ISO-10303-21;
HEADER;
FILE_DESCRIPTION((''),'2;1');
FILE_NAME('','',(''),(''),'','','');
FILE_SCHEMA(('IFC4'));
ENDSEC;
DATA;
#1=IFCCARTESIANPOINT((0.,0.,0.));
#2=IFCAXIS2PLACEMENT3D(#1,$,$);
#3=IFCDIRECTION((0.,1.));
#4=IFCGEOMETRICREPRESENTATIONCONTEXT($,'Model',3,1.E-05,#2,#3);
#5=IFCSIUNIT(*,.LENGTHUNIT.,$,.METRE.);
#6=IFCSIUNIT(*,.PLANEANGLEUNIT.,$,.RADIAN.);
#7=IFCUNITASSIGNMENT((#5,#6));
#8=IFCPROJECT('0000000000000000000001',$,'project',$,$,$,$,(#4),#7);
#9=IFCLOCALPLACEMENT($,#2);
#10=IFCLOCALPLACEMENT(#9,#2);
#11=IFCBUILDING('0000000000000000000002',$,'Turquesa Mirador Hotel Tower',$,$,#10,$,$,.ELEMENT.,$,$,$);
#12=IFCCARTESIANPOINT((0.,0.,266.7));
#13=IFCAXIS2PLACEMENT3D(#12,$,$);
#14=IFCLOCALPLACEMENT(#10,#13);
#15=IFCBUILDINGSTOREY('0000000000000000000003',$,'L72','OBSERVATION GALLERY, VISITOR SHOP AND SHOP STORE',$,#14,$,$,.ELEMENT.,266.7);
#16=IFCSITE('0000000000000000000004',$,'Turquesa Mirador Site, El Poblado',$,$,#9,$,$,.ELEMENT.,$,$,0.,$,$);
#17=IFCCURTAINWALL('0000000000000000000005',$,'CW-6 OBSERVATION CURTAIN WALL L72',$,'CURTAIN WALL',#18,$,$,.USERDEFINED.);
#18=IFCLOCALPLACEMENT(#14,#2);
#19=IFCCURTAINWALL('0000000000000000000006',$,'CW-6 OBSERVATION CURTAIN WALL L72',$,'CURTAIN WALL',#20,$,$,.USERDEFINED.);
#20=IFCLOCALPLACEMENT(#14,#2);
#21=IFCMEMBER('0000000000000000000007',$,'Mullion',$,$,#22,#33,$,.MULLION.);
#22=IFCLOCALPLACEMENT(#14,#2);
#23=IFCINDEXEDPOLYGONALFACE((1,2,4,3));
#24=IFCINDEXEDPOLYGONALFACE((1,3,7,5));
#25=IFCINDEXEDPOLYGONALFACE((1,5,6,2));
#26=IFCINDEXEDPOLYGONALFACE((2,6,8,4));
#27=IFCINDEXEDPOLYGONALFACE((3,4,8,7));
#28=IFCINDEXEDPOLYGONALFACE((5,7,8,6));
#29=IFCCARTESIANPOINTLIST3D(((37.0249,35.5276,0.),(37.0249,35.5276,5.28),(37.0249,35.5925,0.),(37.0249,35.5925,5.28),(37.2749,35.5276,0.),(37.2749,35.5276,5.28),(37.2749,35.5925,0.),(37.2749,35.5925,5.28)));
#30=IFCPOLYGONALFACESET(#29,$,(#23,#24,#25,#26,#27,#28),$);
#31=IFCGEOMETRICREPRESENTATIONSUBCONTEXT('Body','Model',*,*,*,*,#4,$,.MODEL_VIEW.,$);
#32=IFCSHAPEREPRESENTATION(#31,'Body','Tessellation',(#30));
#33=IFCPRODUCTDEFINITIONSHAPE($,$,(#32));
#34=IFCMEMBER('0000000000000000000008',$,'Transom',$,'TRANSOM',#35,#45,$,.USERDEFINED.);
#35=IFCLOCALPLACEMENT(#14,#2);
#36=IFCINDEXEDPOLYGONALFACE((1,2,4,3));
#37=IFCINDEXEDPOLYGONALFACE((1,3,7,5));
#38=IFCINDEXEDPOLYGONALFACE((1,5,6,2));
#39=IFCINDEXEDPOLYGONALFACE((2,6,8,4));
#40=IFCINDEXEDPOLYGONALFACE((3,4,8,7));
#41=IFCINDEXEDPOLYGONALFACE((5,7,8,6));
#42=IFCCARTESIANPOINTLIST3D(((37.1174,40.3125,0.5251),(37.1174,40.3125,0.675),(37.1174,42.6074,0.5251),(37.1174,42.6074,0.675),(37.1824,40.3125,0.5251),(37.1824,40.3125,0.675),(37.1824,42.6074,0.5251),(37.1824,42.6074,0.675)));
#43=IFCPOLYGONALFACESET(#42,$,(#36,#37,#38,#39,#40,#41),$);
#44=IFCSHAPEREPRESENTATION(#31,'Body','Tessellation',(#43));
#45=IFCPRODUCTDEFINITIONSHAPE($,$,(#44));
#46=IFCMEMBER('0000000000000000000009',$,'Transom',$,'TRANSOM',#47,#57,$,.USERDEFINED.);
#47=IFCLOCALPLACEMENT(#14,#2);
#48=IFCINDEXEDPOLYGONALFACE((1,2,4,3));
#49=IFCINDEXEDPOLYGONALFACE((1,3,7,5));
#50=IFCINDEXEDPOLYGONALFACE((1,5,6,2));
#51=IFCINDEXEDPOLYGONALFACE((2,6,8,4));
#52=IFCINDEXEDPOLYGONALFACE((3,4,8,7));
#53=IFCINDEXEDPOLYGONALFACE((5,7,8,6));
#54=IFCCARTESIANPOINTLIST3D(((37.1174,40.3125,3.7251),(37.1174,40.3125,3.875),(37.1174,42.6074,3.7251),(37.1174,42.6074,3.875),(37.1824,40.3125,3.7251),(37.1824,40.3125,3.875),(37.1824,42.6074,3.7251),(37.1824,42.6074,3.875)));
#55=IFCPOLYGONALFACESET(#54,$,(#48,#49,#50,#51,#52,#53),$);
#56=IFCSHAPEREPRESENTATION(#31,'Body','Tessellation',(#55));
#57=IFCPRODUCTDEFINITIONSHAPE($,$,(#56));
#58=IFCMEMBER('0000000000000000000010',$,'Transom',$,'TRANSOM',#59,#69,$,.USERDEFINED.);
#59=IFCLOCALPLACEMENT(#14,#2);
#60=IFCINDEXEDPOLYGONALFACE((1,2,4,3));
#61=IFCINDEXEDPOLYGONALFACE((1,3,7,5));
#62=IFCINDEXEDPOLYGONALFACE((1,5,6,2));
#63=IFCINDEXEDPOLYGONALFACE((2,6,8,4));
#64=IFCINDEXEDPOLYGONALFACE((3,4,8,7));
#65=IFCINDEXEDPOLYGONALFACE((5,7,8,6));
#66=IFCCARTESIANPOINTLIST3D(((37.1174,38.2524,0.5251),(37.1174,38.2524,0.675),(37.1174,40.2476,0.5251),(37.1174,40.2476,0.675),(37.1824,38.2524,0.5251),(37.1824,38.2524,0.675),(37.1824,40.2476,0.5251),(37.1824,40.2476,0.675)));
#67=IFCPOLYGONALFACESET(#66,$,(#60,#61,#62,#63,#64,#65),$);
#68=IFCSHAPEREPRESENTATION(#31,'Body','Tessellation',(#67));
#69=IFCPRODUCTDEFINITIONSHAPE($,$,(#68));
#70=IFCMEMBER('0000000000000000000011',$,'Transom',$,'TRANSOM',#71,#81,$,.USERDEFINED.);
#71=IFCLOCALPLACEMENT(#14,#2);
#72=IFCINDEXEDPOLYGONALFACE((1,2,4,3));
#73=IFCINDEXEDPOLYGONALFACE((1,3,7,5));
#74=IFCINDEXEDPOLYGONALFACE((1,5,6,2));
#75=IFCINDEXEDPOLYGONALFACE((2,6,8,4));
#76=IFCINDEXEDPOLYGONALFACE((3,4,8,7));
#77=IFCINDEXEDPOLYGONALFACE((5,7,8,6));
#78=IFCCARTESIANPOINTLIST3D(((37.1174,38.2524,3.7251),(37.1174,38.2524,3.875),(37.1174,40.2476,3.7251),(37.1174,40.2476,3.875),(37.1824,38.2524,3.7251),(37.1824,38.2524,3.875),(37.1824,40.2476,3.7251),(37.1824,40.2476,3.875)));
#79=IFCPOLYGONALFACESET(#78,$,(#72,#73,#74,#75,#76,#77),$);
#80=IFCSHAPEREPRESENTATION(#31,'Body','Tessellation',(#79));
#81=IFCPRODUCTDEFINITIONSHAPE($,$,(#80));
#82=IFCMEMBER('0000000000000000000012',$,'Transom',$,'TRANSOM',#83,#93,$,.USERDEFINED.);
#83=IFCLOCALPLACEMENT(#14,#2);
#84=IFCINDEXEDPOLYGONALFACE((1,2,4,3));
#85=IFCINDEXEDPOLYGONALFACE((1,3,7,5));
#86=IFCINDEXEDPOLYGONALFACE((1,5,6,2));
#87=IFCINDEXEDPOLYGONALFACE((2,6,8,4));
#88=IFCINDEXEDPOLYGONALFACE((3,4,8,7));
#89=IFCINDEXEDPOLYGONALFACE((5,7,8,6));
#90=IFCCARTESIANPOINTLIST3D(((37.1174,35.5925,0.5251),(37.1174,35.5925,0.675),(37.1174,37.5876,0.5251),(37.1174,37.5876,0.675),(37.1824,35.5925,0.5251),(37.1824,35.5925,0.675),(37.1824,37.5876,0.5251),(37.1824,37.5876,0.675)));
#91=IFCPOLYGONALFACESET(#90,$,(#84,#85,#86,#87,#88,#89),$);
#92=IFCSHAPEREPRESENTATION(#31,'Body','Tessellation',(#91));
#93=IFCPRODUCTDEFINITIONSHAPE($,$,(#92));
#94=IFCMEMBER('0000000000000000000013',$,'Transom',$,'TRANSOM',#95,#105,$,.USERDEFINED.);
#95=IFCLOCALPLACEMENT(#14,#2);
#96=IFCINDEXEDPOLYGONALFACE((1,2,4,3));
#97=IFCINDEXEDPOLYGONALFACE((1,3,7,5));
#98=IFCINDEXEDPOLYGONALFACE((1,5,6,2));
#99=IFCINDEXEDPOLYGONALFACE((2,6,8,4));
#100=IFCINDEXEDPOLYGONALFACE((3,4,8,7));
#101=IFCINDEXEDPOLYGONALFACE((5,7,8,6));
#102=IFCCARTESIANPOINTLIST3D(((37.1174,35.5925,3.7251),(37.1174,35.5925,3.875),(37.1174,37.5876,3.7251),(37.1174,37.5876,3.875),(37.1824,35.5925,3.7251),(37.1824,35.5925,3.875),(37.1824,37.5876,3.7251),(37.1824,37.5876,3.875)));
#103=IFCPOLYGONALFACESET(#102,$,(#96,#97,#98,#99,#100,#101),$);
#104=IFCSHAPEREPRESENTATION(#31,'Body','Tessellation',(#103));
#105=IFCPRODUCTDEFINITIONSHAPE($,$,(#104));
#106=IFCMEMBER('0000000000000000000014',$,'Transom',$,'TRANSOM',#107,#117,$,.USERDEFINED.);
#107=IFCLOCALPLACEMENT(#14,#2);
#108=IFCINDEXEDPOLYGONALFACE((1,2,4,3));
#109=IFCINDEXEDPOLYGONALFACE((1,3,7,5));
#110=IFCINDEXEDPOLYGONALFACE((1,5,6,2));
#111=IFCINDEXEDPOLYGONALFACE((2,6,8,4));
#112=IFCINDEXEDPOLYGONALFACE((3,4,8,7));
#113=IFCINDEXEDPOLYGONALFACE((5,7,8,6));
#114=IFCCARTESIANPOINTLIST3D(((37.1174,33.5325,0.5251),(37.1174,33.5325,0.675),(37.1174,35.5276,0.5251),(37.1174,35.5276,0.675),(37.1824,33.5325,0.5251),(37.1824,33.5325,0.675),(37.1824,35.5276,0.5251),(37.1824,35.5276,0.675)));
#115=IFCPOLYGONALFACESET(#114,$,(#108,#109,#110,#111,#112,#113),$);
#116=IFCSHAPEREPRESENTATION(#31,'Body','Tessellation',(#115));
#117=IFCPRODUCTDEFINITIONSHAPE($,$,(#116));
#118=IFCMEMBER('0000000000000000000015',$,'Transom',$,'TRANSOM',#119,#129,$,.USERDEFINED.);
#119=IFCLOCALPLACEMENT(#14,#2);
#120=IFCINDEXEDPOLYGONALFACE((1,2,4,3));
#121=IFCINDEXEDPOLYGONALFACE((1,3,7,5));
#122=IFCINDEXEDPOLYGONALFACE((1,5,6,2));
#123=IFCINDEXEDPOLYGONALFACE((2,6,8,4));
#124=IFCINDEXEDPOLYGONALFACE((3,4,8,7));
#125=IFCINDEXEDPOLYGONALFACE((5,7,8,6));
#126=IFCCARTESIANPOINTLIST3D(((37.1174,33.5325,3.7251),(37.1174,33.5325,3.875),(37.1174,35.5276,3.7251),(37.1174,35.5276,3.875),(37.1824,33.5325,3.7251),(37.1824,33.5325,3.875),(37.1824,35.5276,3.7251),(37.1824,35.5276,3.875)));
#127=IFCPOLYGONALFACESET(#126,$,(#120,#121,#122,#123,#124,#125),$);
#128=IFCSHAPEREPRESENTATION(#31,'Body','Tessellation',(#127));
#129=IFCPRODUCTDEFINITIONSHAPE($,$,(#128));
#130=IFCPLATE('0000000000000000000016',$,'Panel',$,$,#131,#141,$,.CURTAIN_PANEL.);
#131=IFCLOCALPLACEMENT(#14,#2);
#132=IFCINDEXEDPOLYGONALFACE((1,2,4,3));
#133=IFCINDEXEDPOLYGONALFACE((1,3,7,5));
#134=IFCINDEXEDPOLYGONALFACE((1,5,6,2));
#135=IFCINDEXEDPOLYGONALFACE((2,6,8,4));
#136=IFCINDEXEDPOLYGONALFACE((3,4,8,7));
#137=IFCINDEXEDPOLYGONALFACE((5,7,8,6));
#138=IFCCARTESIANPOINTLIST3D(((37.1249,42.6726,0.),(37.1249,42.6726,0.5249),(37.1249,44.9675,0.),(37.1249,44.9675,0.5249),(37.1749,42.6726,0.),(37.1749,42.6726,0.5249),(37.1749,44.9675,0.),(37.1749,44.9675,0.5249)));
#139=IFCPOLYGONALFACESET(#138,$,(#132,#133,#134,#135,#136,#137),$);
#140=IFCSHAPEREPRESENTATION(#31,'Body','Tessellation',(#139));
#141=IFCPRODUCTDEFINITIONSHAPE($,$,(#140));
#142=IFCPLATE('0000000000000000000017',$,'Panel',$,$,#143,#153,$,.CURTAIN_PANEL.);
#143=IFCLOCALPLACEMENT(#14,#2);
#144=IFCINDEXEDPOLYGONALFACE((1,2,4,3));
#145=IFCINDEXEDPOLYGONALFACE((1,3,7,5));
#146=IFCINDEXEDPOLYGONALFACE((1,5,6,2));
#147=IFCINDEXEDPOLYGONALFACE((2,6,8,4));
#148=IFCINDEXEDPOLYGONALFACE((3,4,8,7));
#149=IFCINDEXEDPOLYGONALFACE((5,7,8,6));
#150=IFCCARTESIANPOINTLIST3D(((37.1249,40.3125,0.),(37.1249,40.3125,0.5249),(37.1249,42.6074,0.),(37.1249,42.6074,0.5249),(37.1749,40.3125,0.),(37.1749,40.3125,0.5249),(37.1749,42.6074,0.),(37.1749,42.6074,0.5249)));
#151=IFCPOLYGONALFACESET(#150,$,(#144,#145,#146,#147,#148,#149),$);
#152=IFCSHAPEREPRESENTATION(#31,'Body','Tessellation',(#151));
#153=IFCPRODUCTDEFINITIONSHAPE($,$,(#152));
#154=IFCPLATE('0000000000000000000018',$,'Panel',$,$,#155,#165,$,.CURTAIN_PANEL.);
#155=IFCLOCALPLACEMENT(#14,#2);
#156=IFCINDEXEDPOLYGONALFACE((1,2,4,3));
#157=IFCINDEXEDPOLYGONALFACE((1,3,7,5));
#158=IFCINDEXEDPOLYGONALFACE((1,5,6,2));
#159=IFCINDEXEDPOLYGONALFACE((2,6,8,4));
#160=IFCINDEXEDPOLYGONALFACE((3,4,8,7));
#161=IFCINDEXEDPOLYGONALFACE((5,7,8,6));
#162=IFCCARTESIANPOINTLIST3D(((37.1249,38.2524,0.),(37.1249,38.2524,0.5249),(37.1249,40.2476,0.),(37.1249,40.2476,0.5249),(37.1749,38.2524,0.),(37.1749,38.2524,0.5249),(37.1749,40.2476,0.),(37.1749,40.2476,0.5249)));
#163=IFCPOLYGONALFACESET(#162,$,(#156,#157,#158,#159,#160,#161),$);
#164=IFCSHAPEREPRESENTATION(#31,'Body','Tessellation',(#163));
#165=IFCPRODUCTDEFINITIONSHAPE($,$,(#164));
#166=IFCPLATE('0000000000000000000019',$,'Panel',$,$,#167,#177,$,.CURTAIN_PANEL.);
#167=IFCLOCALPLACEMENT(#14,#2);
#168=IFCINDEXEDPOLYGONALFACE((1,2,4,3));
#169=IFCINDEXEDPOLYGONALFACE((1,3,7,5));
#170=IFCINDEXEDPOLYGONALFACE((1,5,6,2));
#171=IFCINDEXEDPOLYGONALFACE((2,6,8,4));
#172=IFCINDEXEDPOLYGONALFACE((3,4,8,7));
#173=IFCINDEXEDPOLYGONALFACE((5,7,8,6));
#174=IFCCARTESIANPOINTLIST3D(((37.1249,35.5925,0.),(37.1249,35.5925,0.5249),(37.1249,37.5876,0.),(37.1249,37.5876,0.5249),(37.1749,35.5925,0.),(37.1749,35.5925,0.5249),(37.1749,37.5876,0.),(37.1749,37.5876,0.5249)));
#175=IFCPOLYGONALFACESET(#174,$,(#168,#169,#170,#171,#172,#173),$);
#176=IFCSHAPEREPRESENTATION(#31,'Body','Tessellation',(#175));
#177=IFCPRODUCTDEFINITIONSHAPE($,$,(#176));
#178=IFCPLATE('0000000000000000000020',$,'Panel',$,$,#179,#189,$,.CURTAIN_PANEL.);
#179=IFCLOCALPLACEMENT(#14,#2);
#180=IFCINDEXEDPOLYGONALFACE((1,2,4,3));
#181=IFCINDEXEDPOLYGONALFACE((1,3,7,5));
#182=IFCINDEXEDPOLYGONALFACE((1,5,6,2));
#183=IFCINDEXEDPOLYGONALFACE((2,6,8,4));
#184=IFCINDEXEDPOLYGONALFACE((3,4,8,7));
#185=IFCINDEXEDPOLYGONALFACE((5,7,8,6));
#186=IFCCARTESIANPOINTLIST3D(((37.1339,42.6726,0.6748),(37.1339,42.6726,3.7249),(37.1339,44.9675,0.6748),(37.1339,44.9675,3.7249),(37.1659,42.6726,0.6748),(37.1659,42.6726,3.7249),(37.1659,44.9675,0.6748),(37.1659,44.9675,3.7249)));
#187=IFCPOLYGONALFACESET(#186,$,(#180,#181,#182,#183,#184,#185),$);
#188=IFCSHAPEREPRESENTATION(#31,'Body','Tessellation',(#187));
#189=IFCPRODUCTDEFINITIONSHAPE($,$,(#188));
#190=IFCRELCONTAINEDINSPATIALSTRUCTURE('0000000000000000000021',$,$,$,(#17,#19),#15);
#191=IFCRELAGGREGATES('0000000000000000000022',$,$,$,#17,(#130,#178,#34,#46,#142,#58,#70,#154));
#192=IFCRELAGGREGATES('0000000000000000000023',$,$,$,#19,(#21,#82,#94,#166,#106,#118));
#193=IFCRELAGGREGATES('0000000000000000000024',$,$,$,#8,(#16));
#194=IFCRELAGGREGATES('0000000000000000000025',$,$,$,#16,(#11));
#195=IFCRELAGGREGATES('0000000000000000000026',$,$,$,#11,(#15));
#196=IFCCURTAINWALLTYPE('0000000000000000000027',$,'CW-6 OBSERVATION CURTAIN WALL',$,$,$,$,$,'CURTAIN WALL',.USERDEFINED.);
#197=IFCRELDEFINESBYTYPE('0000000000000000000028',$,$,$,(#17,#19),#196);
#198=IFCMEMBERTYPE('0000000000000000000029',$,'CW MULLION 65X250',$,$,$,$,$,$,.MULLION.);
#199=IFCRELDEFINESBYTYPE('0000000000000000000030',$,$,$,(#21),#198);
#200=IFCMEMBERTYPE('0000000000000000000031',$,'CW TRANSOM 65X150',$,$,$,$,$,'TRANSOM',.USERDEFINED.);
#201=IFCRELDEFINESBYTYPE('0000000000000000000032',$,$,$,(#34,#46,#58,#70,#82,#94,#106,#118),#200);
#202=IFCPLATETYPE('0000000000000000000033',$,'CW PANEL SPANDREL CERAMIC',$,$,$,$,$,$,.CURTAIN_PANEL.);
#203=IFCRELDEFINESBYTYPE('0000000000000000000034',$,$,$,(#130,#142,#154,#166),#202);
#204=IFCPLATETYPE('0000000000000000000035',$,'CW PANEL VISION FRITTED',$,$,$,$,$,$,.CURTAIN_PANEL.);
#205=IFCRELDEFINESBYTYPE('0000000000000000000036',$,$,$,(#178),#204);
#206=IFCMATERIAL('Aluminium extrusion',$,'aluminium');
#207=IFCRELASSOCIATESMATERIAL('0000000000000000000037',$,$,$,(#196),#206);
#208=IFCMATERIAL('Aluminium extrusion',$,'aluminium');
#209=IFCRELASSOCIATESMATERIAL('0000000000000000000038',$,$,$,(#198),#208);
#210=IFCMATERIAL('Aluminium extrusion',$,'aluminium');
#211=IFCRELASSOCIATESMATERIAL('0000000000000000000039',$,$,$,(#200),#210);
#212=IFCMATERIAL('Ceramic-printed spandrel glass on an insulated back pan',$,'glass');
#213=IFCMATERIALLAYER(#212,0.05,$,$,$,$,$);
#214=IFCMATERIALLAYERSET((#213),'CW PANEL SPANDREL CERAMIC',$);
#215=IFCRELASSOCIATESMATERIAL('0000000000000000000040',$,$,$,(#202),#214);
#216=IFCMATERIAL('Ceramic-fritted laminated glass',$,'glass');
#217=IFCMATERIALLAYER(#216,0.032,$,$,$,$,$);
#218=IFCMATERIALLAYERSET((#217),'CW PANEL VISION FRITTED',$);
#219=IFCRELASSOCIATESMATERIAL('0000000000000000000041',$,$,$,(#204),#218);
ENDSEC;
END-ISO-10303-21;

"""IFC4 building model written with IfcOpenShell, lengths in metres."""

from ifc_helpers import new_model, si_unit, direction, frame, origin, origin_2d, place, context, subcontext, project, spatial, rectangle, extrude, material, layer, layer_set, material_profile, profile_set, type_object, element, aggregate, save


model = new_model("IFC4")

# Units and contexts
model_context = context("Model", 3, precision=1e-05, world=origin(), true_north=direction((0.0, 1.0)))
body_context = subcontext(model_context, "Body", "Model", "MODEL_VIEW")
ifc_project = project(units=[si_unit("LENGTHUNIT", "METRE"), si_unit("PLANEANGLEUNIT", "RADIAN")], contexts=[model_context])

# Site, building, storey
site_placement = place(None, origin())
site = spatial("IfcSite", under=ifc_project, at=site_placement, Name="Turquesa Mirador Site, El Poblado", CompositionType="ELEMENT", RefElevation=0.0)
building_placement = place(site_placement, origin())
building = spatial("IfcBuilding", under=site, at=building_placement, Name="Turquesa Mirador Hotel Tower", CompositionType="ELEMENT")
storey_placement = place(building_placement, frame((0.0, 0.0, 266.7)))
storey = spatial("IfcBuildingStorey", under=building, at=storey_placement, Name="L72", Description="OBSERVATION GALLERY, VISITOR SHOP AND SHOP STORE", CompositionType="ELEMENT", Elevation=266.7)

# Curtain walls, member
ifc_material_1 = material(Name="Aluminium extrusion", Category="aluminium")
curtain_wall_type = type_object("IfcCurtainWallType", Name="CW-6 OBSERVATION CURTAIN WALL", ElementType="CURTAIN WALL", PredefinedType="USERDEFINED", material=ifc_material_1)
curtain_wall_1_placement = place(storey_placement, origin())
curtain_wall_1 = element("IfcCurtainWall", 1, at=curtain_wall_1_placement, inside=storey, type_object=curtain_wall_type, Name="CW-6 OBSERVATION CURTAIN WALL L72", ObjectType="CURTAIN WALL", PredefinedType="USERDEFINED")
ifc_material_2 = material(Name="Aluminium extrusion", Category="aluminium")
ifc_material_profile_1 = material_profile(ifc_material_2, rectangle(XDim=0.0649, YDim=0.25, at=origin_2d()), Name="MULLION 65X250")
ifc_profile_set_1 = profile_set([ifc_material_profile_1], Name="Aluminium extrusion")
member_type_1 = type_object("IfcMemberType", Name="CW MULLION 65X250", PredefinedType="MULLION", material=ifc_profile_set_1)
curtain_wall_2_placement = place(storey_placement, origin())
curtain_wall_2 = element("IfcCurtainWall", 2, at=curtain_wall_2_placement, inside=storey, type_object=curtain_wall_type, Name="CW-6 OBSERVATION CURTAIN WALL L72", ObjectType="CURTAIN WALL", PredefinedType="USERDEFINED")
member_1_placement = place(storey_placement, frame((37.1499, 35.5601, 0.0), z_axis=(0.0, 0.0, 1.0), x_axis=(0.0, -1.0, 0.0)))
member_1 = element("IfcMember", 3, at=member_1_placement, type_object=member_type_1, Name="Mullion", PredefinedType="MULLION", context=body_context, shape_type="SweptSolid", body=[
    extrude(rectangle(XDim=0.0649, YDim=0.25, at=origin_2d()), origin(), (0.0, 0.0, 1.0), 5.28),
])

# Members
ifc_material_3 = material(Name="Aluminium extrusion", Category="aluminium")
ifc_material_profile_2 = material_profile(ifc_material_3, rectangle(XDim=0.0649, YDim=0.1499, at=origin_2d()), Name="TRANSOM 65X150")
ifc_profile_set_2 = profile_set([ifc_material_profile_2], Name="Aluminium extrusion")
member_type_2 = type_object("IfcMemberType", Name="CW TRANSOM 65X150", ElementType="TRANSOM", PredefinedType="USERDEFINED", material=ifc_profile_set_2)
member_2_placement = place(storey_placement, frame((37.1499, 42.6074, 0.6001), z_axis=(0.0, -1.0, 0.0), x_axis=(1.0, 0.0, 0.0)))
member_2 = element("IfcMember", 4, at=member_2_placement, type_object=member_type_2, Name="Transom", ObjectType="TRANSOM", PredefinedType="USERDEFINED", context=body_context, shape_type="SweptSolid", body=[
    extrude(rectangle(XDim=0.0649, YDim=0.1499, at=origin_2d()), origin(), (0.0, 0.0, 1.0), 2.2949),
])
member_3_placement = place(storey_placement, frame((37.1499, 42.6074, 3.8), z_axis=(0.0, -1.0, 0.0), x_axis=(1.0, 0.0, 0.0)))
member_3 = element("IfcMember", 5, at=member_3_placement, type_object=member_type_2, Name="Transom", ObjectType="TRANSOM", PredefinedType="USERDEFINED", context=body_context, shape_type="SweptSolid", body=[
    extrude(rectangle(XDim=0.0649, YDim=0.1499, at=origin_2d()), origin(), (0.0, 0.0, 1.0), 2.2949),
])
member_4_placement = place(storey_placement, frame((37.1499, 40.2476, 0.6001), z_axis=(0.0, -1.0, 0.0), x_axis=(1.0, 0.0, 0.0)))
member_4 = element("IfcMember", 6, at=member_4_placement, type_object=member_type_2, Name="Transom", ObjectType="TRANSOM", PredefinedType="USERDEFINED", context=body_context, shape_type="SweptSolid", body=[
    extrude(rectangle(XDim=0.0649, YDim=0.1499, at=origin_2d()), origin(), (0.0, 0.0, 1.0), 1.9951),
])
member_5_placement = place(storey_placement, frame((37.1499, 40.2476, 3.8), z_axis=(0.0, -1.0, 0.0), x_axis=(1.0, 0.0, 0.0)))
member_5 = element("IfcMember", 7, at=member_5_placement, type_object=member_type_2, Name="Transom", ObjectType="TRANSOM", PredefinedType="USERDEFINED", context=body_context, shape_type="SweptSolid", body=[
    extrude(rectangle(XDim=0.0649, YDim=0.1499, at=origin_2d()), origin(), (0.0, 0.0, 1.0), 1.9951),
])
member_6_placement = place(storey_placement, frame((37.1499, 37.5876, 0.6001), z_axis=(0.0, -1.0, 0.0), x_axis=(1.0, 0.0, 0.0)))
member_6 = element("IfcMember", 8, at=member_6_placement, type_object=member_type_2, Name="Transom", ObjectType="TRANSOM", PredefinedType="USERDEFINED", context=body_context, shape_type="SweptSolid", body=[
    extrude(rectangle(XDim=0.0649, YDim=0.1499, at=origin_2d()), origin(), (0.0, 0.0, 1.0), 1.9951),
])
member_7_placement = place(storey_placement, frame((37.1499, 37.5876, 3.8), z_axis=(0.0, -1.0, 0.0), x_axis=(1.0, 0.0, 0.0)))
member_7 = element("IfcMember", 9, at=member_7_placement, type_object=member_type_2, Name="Transom", ObjectType="TRANSOM", PredefinedType="USERDEFINED", context=body_context, shape_type="SweptSolid", body=[
    extrude(rectangle(XDim=0.0649, YDim=0.1499, at=origin_2d()), origin(), (0.0, 0.0, 1.0), 1.9951),
])
member_8_placement = place(storey_placement, frame((37.1499, 35.5276, 0.6001), z_axis=(0.0, -1.0, 0.0), x_axis=(1.0, 0.0, 0.0)))
member_8 = element("IfcMember", 10, at=member_8_placement, type_object=member_type_2, Name="Transom", ObjectType="TRANSOM", PredefinedType="USERDEFINED", context=body_context, shape_type="SweptSolid", body=[
    extrude(rectangle(XDim=0.0649, YDim=0.1499, at=origin_2d()), origin(), (0.0, 0.0, 1.0), 1.9951),
])
member_9_placement = place(storey_placement, frame((37.1499, 35.5276, 3.8), z_axis=(0.0, -1.0, 0.0), x_axis=(1.0, 0.0, 0.0)))
member_9 = element("IfcMember", 11, at=member_9_placement, type_object=member_type_2, Name="Transom", ObjectType="TRANSOM", PredefinedType="USERDEFINED", context=body_context, shape_type="SweptSolid", body=[
    extrude(rectangle(XDim=0.0649, YDim=0.1499, at=origin_2d()), origin(), (0.0, 0.0, 1.0), 1.9951),
])

# Plates
ifc_material_4 = material(Name="Ceramic-printed spandrel glass on an insulated back pan", Category="glass")
ifc_layer_1 = layer(ifc_material_4, 0.05)
ifc_layer_set_1 = layer_set([ifc_layer_1], Name="CW PANEL SPANDREL CERAMIC")
plate_type_1 = type_object("IfcPlateType", Name="CW PANEL SPANDREL CERAMIC", PredefinedType="CURTAIN_PANEL", material=ifc_layer_set_1)
plate_1_placement = place(storey_placement, frame((37.1499, 43.8201, 0.0), z_axis=(0.0, 0.0, 1.0), x_axis=(0.0, -1.0, 0.0)))
plate_1 = element("IfcPlate", 12, at=plate_1_placement, type_object=plate_type_1, Name="Panel", PredefinedType="CURTAIN_PANEL", context=body_context, shape_type="SweptSolid", body=[
    extrude(rectangle(XDim=2.2949, YDim=0.05, at=origin_2d()), origin(), (0.0, 0.0, 1.0), 0.5249),
])
plate_2_placement = place(storey_placement, frame((37.1499, 41.46, 0.0), z_axis=(0.0, 0.0, 1.0), x_axis=(0.0, -1.0, 0.0)))
plate_2 = element("IfcPlate", 13, at=plate_2_placement, type_object=plate_type_1, Name="Panel", PredefinedType="CURTAIN_PANEL", context=body_context, shape_type="SweptSolid", body=[
    extrude(rectangle(XDim=2.2949, YDim=0.05, at=origin_2d()), origin(), (0.0, 0.0, 1.0), 0.5249),
])
plate_3_placement = place(storey_placement, frame((37.1499, 39.25, 0.0), z_axis=(0.0, 0.0, 1.0), x_axis=(0.0, -1.0, 0.0)))
plate_3 = element("IfcPlate", 14, at=plate_3_placement, type_object=plate_type_1, Name="Panel", PredefinedType="CURTAIN_PANEL", context=body_context, shape_type="SweptSolid", body=[
    extrude(rectangle(XDim=1.9951, YDim=0.05, at=origin_2d()), origin(), (0.0, 0.0, 1.0), 0.5249),
])
plate_4_placement = place(storey_placement, frame((37.1499, 36.5901, 0.0), z_axis=(0.0, 0.0, 1.0), x_axis=(0.0, -1.0, 0.0)))
plate_4 = element("IfcPlate", 15, at=plate_4_placement, type_object=plate_type_1, Name="Panel", PredefinedType="CURTAIN_PANEL", context=body_context, shape_type="SweptSolid", body=[
    extrude(rectangle(XDim=1.9951, YDim=0.05, at=origin_2d()), origin(), (0.0, 0.0, 1.0), 0.5249),
])
ifc_material_5 = material(Name="Ceramic-fritted laminated glass", Category="glass")
ifc_layer_2 = layer(ifc_material_5, 0.032)
ifc_layer_set_2 = layer_set([ifc_layer_2], Name="CW PANEL VISION FRITTED")
plate_type_2 = type_object("IfcPlateType", Name="CW PANEL VISION FRITTED", PredefinedType="CURTAIN_PANEL", material=ifc_layer_set_2)
plate_5_placement = place(storey_placement, frame((37.1499, 43.8201, 0.6748), z_axis=(0.0, 0.0, 1.0), x_axis=(0.0, -1.0, 0.0)))
plate_5 = element("IfcPlate", 16, at=plate_5_placement, type_object=plate_type_2, Name="Panel", PredefinedType="CURTAIN_PANEL", context=body_context, shape_type="SweptSolid", body=[
    extrude(rectangle(XDim=2.2949, YDim=0.032, at=origin_2d()), origin(), (0.0, 0.0, 1.0), 3.05),
])
aggregate(curtain_wall_1, [plate_1, plate_5, member_2, member_3, plate_2, member_4, member_5, plate_3])
aggregate(curtain_wall_2, [member_1, member_6, member_7, plate_4, member_8, member_9])

save(model, "model.ifc")
